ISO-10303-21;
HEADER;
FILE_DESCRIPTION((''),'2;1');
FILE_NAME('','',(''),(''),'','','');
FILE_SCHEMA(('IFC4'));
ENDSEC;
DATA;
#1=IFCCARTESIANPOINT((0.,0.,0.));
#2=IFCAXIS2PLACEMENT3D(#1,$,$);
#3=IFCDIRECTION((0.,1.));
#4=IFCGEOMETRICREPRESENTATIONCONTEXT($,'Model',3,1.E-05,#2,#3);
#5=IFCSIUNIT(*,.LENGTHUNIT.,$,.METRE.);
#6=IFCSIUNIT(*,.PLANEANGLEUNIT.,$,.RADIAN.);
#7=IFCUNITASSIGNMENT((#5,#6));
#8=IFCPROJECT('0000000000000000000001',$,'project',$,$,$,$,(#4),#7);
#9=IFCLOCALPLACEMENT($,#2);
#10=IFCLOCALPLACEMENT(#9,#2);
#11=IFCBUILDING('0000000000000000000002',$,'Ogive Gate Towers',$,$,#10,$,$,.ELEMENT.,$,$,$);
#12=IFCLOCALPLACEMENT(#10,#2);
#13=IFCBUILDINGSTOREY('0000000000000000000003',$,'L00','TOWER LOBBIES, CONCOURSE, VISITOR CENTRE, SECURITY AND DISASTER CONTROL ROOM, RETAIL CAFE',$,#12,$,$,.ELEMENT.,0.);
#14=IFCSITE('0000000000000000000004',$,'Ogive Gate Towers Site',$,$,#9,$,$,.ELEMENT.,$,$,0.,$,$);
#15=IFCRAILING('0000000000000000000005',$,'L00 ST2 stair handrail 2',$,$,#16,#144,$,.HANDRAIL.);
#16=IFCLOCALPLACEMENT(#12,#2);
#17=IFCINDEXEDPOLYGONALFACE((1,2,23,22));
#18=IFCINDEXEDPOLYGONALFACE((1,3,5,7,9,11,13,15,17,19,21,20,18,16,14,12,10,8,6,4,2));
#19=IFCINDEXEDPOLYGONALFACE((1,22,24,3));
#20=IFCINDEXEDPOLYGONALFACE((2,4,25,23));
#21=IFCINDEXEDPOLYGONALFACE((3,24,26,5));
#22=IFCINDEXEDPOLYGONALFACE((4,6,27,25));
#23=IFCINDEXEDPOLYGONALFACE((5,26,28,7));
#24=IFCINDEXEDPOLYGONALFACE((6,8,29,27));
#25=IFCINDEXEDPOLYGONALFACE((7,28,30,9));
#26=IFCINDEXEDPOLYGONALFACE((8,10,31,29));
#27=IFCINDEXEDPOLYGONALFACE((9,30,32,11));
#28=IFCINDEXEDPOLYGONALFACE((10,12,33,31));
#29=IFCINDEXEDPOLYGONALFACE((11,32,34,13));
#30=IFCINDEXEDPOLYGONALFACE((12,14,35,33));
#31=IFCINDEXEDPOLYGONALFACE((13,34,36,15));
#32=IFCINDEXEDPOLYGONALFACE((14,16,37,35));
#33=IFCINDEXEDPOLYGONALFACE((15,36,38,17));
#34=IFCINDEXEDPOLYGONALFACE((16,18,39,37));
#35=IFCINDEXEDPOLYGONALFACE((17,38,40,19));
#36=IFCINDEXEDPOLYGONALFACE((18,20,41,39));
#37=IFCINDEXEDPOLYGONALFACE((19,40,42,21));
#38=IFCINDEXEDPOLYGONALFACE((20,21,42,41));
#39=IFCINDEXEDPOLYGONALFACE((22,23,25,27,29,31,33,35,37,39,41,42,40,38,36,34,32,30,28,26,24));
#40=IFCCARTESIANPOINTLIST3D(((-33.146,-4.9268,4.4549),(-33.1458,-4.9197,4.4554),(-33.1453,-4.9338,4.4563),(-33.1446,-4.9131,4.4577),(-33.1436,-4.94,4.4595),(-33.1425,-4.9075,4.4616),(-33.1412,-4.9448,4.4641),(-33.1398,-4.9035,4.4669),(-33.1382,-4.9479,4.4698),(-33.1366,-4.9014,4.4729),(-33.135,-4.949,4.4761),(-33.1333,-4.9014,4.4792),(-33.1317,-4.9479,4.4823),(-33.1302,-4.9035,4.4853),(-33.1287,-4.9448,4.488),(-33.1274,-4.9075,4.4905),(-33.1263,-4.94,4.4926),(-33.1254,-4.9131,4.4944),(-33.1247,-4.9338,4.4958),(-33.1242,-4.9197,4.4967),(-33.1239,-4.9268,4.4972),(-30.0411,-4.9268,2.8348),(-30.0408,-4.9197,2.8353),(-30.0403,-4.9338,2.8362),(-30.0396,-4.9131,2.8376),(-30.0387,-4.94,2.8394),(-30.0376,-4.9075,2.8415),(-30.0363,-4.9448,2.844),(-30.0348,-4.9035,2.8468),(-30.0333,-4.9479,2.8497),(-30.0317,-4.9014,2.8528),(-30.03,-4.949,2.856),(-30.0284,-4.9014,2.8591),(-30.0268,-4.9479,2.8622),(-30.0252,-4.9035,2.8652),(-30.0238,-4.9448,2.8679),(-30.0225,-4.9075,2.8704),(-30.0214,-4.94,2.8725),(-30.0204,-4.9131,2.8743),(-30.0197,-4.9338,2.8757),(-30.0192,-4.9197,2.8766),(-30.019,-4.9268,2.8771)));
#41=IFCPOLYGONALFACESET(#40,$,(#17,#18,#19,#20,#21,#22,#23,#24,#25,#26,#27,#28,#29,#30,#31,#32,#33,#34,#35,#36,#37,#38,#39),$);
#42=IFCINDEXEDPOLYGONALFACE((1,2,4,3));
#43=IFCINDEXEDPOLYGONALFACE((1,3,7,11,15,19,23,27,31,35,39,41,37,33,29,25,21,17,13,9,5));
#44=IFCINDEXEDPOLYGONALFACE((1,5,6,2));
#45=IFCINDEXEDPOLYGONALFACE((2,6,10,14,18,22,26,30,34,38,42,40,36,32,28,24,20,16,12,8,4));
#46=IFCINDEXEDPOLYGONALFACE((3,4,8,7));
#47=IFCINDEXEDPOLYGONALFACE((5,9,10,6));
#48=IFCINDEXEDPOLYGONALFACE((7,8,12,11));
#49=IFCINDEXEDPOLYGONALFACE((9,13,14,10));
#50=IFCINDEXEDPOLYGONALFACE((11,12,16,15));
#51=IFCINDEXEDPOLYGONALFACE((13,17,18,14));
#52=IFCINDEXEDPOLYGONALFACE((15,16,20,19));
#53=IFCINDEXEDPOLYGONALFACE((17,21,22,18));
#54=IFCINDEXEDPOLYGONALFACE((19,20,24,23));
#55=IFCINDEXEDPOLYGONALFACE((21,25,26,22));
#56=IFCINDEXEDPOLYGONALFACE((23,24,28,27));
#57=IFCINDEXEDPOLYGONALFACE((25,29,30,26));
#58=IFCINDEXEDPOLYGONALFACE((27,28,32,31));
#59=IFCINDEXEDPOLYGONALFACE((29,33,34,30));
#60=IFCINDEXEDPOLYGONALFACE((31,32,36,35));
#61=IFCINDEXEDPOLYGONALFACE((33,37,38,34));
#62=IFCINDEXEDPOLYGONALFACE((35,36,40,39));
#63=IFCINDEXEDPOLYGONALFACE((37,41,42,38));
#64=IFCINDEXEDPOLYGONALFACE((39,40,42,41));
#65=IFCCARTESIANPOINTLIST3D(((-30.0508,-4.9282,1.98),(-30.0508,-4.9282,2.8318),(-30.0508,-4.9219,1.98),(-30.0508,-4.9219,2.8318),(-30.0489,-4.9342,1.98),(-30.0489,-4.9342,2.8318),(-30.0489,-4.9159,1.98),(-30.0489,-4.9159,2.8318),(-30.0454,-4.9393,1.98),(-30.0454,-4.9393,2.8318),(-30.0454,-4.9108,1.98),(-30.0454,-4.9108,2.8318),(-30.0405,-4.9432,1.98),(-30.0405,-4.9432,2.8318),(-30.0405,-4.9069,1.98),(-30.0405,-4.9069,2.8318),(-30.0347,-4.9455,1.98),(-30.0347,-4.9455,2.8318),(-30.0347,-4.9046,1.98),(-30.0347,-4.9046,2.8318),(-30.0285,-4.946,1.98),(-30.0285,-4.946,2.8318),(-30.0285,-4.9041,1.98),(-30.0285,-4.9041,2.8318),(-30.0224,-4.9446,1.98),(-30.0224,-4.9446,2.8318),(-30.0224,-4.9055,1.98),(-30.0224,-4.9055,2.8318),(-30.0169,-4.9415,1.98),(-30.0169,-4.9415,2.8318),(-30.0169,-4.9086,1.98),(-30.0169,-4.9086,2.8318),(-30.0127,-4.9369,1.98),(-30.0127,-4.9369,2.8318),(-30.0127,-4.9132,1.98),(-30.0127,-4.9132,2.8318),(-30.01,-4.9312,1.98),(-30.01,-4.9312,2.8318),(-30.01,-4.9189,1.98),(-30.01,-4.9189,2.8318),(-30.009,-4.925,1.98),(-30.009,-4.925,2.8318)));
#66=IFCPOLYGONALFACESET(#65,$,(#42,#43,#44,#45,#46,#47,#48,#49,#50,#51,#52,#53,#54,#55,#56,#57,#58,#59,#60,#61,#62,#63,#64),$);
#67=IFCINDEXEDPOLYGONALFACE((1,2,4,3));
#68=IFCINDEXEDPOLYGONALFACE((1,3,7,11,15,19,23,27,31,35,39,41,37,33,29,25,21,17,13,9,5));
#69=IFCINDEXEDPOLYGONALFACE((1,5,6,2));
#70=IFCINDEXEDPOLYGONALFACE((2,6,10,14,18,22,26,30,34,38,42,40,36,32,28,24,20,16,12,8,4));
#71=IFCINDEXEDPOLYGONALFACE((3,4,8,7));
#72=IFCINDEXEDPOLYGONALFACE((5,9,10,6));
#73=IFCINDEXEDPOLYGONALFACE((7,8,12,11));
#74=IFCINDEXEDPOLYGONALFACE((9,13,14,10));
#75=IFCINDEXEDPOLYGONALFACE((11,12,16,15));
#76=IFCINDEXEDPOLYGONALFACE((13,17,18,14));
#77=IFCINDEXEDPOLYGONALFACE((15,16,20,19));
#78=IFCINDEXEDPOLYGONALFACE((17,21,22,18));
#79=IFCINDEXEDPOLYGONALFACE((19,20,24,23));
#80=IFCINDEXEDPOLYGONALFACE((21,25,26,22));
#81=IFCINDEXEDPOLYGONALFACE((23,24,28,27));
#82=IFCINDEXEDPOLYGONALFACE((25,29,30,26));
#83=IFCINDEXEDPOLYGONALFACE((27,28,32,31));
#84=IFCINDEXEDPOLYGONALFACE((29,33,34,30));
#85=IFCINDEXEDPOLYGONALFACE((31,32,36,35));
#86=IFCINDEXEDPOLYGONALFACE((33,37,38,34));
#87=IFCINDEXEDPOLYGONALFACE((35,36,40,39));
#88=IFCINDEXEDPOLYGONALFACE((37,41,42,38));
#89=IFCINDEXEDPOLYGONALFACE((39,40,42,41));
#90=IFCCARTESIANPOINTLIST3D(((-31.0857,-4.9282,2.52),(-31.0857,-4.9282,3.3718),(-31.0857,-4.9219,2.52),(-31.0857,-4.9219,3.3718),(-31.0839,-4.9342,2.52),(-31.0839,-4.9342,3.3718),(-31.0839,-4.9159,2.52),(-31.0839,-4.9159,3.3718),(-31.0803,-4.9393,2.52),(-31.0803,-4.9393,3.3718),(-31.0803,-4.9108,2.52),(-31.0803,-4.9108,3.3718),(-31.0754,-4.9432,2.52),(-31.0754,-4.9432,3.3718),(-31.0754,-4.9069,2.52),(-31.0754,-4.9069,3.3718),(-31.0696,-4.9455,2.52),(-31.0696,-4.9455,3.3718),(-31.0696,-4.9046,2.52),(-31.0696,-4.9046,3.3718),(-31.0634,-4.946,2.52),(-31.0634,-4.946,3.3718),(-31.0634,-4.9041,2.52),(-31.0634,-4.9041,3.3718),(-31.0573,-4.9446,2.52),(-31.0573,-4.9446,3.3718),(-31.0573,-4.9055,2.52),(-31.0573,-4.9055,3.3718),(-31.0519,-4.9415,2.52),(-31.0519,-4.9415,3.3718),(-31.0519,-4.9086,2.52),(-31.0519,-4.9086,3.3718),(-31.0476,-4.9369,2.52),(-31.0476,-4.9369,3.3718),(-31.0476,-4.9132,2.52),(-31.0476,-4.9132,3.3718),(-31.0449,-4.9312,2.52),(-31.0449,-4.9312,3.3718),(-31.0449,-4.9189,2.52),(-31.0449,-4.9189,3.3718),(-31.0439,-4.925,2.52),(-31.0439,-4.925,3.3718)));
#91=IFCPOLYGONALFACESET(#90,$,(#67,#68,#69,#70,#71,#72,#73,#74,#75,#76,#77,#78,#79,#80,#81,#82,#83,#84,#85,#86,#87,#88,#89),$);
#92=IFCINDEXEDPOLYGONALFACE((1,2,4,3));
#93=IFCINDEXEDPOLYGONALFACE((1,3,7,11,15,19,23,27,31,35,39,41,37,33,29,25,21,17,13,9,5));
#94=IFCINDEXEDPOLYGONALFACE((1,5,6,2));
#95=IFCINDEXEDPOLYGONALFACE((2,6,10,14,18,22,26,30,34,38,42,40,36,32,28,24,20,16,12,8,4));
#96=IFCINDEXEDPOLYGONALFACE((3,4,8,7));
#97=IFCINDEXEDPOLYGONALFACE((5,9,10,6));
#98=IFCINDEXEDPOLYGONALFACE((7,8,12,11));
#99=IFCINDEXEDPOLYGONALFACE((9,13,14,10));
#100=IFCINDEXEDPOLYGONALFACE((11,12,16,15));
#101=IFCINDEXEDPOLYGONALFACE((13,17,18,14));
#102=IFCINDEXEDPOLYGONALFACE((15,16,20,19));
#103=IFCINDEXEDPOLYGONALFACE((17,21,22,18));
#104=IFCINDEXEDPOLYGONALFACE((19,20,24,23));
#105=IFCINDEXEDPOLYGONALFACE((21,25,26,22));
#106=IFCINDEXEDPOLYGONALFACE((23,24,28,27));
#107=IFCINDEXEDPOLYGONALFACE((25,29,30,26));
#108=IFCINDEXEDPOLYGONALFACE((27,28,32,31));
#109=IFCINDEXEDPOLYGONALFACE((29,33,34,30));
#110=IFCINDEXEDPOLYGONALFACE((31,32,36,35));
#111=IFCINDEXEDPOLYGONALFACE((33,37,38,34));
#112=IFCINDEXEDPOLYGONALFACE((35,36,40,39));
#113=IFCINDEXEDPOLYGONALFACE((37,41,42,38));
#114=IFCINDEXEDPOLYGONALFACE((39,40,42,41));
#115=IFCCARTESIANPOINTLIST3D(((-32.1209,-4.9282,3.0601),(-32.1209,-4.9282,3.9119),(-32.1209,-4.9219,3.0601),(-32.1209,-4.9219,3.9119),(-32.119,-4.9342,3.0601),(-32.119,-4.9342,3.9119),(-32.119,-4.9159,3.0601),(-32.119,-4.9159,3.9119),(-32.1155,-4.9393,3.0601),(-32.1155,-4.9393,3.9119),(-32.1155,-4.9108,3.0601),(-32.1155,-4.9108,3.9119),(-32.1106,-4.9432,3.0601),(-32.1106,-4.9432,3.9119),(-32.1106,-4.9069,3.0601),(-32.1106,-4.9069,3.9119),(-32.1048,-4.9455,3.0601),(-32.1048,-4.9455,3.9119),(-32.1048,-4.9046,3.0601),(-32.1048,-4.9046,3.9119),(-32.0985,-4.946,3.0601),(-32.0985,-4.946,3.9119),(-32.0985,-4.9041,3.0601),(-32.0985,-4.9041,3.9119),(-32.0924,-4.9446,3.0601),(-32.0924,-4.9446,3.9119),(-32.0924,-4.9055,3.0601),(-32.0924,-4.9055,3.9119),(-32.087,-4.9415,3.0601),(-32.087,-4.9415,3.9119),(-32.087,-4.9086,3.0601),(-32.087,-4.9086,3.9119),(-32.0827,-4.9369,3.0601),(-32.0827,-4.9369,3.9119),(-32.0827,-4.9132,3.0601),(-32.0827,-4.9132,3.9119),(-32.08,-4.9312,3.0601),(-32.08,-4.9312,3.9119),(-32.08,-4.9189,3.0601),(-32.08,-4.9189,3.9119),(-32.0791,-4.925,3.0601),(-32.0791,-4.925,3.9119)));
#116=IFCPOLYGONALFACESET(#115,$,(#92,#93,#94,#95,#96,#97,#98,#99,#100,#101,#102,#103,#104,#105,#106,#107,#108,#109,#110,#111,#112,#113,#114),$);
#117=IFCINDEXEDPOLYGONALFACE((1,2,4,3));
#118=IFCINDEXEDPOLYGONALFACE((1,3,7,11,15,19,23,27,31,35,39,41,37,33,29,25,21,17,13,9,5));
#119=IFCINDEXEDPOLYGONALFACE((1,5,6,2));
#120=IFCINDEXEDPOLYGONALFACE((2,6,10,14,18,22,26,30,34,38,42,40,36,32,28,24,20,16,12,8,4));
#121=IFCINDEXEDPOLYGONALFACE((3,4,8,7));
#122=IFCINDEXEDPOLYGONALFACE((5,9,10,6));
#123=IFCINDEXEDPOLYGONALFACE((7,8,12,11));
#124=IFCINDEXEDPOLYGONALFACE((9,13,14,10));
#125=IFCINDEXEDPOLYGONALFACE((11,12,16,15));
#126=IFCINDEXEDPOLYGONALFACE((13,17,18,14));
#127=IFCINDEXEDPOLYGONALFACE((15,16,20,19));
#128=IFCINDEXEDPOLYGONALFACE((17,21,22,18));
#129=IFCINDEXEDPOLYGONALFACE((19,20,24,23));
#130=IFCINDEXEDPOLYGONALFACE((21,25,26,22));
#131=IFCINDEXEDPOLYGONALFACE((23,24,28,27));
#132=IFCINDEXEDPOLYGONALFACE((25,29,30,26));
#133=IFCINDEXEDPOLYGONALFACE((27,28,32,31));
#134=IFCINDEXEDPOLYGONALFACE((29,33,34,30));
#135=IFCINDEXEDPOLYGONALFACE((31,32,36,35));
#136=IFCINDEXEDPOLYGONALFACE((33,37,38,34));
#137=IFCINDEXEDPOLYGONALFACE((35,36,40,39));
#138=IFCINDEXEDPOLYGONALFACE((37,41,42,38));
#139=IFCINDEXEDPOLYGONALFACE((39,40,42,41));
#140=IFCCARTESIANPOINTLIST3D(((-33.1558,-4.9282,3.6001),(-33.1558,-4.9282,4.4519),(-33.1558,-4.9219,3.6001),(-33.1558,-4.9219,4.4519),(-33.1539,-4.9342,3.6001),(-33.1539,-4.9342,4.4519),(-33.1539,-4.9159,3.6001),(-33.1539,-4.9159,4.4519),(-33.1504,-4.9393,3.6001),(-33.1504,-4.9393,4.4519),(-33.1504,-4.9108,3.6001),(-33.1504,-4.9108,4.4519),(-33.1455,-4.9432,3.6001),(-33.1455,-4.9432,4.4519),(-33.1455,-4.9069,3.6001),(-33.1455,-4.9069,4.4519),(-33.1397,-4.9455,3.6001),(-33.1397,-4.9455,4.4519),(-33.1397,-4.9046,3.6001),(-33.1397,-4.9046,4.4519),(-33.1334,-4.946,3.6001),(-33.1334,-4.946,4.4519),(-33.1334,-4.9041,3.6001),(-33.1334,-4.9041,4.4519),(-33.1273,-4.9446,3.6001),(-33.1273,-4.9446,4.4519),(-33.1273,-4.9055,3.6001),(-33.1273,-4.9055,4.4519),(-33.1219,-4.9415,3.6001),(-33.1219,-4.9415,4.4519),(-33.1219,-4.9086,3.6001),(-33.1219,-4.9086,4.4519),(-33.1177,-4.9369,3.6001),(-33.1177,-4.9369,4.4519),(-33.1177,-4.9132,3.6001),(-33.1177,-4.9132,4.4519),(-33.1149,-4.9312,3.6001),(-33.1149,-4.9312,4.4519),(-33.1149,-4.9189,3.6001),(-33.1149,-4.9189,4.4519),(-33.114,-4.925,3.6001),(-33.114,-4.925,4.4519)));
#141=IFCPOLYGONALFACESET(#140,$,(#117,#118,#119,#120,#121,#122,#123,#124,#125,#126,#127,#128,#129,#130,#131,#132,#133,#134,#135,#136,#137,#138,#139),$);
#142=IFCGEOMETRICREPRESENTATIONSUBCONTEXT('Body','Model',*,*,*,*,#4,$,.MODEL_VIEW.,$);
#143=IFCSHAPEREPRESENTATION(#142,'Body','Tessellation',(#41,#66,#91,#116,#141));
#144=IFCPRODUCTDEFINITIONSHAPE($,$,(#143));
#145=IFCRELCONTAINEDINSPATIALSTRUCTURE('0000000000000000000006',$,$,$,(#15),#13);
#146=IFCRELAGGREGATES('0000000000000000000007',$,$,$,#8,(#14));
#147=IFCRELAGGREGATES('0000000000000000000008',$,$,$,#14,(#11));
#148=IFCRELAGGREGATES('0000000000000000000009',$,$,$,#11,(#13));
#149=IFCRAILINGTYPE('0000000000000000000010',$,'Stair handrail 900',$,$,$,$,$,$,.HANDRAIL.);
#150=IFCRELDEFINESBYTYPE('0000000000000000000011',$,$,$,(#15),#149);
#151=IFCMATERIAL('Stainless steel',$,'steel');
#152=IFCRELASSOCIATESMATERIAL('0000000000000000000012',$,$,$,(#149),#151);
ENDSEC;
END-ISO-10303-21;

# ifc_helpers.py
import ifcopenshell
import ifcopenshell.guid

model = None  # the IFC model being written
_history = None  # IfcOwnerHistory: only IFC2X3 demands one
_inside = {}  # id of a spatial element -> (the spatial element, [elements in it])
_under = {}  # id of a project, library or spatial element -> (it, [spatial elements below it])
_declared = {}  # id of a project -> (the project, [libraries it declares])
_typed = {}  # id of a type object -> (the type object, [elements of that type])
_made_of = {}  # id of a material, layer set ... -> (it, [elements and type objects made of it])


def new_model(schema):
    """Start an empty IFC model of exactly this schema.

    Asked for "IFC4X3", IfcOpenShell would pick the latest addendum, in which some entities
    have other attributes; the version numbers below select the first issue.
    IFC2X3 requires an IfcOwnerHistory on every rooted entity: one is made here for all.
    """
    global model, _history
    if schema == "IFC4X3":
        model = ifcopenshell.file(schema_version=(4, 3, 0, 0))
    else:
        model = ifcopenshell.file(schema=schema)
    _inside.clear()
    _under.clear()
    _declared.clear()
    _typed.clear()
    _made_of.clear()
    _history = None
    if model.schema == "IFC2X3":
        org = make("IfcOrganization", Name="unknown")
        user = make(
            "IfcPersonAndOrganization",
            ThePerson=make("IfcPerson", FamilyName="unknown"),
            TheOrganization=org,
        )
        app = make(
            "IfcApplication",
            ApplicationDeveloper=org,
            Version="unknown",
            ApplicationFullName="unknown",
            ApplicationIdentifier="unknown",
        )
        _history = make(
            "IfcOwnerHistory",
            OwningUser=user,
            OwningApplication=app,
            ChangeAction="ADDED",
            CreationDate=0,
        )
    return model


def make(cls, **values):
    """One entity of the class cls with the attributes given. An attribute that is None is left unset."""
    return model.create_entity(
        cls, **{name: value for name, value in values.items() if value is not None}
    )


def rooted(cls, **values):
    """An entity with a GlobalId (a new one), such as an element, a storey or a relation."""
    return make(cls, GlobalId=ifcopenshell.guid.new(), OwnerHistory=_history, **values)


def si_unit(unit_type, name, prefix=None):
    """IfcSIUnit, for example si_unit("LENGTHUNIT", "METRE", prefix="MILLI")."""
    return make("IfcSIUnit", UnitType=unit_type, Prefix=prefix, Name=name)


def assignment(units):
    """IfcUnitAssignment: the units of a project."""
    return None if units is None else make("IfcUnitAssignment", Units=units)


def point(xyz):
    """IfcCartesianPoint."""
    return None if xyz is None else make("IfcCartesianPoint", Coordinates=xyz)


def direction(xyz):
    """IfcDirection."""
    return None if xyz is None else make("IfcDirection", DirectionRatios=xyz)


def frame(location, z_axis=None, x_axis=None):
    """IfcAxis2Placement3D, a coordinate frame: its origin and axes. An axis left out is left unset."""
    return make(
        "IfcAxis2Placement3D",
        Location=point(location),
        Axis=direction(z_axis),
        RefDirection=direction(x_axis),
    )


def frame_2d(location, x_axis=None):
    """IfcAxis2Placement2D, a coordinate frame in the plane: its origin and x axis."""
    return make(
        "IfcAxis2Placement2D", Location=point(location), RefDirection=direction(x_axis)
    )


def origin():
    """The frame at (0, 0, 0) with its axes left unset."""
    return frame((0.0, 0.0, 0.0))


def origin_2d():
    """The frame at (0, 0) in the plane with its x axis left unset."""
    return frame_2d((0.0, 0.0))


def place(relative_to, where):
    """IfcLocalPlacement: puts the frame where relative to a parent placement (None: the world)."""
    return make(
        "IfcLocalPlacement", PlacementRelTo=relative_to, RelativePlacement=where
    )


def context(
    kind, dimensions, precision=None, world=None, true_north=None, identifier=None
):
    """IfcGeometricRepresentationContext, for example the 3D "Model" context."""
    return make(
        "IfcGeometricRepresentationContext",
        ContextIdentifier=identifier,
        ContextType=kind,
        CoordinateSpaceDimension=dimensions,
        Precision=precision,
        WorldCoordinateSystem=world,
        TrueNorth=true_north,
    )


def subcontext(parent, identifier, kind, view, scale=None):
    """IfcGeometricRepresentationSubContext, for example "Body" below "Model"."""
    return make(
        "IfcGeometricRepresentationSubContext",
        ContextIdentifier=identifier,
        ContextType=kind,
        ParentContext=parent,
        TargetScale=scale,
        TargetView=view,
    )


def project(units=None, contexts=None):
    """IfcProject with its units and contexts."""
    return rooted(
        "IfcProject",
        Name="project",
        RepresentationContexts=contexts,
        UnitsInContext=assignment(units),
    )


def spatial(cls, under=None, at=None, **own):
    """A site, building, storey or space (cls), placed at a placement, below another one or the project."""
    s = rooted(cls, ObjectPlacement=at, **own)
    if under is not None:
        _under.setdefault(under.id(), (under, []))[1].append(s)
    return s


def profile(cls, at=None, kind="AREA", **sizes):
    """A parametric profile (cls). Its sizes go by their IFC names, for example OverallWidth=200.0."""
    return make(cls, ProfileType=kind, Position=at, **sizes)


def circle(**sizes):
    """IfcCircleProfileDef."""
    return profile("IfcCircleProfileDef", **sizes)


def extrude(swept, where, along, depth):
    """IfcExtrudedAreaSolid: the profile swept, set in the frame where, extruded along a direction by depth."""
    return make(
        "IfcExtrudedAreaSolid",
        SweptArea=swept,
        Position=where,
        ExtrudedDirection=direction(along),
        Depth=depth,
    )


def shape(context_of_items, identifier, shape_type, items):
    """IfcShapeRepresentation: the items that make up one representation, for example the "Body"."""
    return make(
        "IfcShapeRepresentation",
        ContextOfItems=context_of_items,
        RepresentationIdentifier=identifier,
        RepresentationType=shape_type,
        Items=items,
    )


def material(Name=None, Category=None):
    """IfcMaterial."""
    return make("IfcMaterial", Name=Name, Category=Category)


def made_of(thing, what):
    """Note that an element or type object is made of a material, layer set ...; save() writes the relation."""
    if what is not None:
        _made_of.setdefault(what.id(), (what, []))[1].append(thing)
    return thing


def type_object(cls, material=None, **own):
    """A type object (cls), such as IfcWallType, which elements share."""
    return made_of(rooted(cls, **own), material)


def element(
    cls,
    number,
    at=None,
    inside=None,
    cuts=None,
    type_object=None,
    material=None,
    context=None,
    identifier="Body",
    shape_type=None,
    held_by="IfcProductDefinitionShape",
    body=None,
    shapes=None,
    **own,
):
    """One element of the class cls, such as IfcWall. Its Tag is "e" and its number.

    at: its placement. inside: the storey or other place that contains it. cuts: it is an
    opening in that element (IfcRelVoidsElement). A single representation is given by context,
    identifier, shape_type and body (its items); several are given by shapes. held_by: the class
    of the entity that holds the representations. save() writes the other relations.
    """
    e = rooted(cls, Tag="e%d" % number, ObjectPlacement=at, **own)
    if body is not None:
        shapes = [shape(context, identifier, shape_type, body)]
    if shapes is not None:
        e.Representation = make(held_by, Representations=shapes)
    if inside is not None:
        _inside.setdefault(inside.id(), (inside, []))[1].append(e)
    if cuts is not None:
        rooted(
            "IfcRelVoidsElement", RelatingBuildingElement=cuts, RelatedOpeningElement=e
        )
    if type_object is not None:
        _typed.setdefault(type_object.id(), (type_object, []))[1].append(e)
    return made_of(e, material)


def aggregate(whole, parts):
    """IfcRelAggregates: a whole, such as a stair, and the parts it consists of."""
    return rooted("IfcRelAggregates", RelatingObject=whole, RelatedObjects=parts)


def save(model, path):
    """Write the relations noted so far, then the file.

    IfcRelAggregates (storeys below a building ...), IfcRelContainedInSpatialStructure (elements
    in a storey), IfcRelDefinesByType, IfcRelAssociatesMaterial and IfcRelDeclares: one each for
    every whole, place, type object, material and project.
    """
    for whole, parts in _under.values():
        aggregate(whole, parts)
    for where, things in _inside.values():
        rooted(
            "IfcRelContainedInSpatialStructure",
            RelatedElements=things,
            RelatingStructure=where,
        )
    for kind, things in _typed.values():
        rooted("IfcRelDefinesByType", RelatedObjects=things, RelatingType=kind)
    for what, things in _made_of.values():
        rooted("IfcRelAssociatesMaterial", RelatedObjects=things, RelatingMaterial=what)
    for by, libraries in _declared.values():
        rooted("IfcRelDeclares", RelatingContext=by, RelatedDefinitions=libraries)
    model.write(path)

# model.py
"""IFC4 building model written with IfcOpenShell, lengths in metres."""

from ifc_helpers import new_model, si_unit, direction, frame, origin, origin_2d, place, context, subcontext, project, spatial, circle, extrude, material, type_object, element, save


model = new_model("IFC4")

# Units and contexts
model_context = context("Model", 3, precision=1e-05, world=origin(), true_north=direction((0.0, 1.0)))
body_context = subcontext(model_context, "Body", "Model", "MODEL_VIEW")
ifc_project = project(units=[si_unit("LENGTHUNIT", "METRE"), si_unit("PLANEANGLEUNIT", "RADIAN")], contexts=[model_context])

# Site, building, storey
site_placement = place(None, origin())
site = spatial("IfcSite", under=ifc_project, at=site_placement, Name="Ogive Gate Towers Site", CompositionType="ELEMENT", RefElevation=0.0)
building_placement = place(site_placement, origin())
building = spatial("IfcBuilding", under=site, at=building_placement, Name="Ogive Gate Towers", CompositionType="ELEMENT")
storey_placement = place(building_placement, origin())
storey = spatial("IfcBuildingStorey", under=building, at=storey_placement, Name="L00", Description="TOWER LOBBIES, CONCOURSE, VISITOR CENTRE, SECURITY AND DISASTER CONTROL ROOM, RETAIL CAFE", CompositionType="ELEMENT", Elevation=0.0)

# Railing
ifc_material_1 = material(Name="Stainless steel", Category="steel")
railing_type_1 = type_object("IfcRailingType", Name="Stair handrail 900", PredefinedType="HANDRAIL", material=ifc_material_1)
railing_1_placement = place(storey_placement, frame((-30.03, -4.925, 1.98)))
element("IfcRailing", 1, at=railing_1_placement, inside=storey, type_object=railing_type_1, Name="L00 ST2 stair handrail 2", PredefinedType="HANDRAIL", context=body_context, shape_type="SweptSolid", body=[
    extrude(circle(Radius=0.0239, at=origin_2d()), frame((0.0, 0.0, 0.876), z_axis=(-0.88657, 0.0, 0.462595), x_axis=(0.0, -1.0, 0.0)), (0.0, 0.0, 1.0), 3.5022),
    extrude(circle(Radius=0.021, at=origin_2d()), origin(), (0.0, 0.0, 1.0), 0.8518),
    extrude(circle(Radius=0.021, at=origin_2d()), frame((-1.0349, 0.0, 0.54)), (0.0, 0.0, 1.0), 0.8518),
    extrude(circle(Radius=0.021, at=origin_2d()), frame((-2.0701, 0.0, 1.0801)), (0.0, 0.0, 1.0), 0.8518),
    extrude(circle(Radius=0.021, at=origin_2d()), frame((-3.105, 0.0, 1.6201)), (0.0, 0.0, 1.0), 0.8518),
])

save(model, "model.ifc")
